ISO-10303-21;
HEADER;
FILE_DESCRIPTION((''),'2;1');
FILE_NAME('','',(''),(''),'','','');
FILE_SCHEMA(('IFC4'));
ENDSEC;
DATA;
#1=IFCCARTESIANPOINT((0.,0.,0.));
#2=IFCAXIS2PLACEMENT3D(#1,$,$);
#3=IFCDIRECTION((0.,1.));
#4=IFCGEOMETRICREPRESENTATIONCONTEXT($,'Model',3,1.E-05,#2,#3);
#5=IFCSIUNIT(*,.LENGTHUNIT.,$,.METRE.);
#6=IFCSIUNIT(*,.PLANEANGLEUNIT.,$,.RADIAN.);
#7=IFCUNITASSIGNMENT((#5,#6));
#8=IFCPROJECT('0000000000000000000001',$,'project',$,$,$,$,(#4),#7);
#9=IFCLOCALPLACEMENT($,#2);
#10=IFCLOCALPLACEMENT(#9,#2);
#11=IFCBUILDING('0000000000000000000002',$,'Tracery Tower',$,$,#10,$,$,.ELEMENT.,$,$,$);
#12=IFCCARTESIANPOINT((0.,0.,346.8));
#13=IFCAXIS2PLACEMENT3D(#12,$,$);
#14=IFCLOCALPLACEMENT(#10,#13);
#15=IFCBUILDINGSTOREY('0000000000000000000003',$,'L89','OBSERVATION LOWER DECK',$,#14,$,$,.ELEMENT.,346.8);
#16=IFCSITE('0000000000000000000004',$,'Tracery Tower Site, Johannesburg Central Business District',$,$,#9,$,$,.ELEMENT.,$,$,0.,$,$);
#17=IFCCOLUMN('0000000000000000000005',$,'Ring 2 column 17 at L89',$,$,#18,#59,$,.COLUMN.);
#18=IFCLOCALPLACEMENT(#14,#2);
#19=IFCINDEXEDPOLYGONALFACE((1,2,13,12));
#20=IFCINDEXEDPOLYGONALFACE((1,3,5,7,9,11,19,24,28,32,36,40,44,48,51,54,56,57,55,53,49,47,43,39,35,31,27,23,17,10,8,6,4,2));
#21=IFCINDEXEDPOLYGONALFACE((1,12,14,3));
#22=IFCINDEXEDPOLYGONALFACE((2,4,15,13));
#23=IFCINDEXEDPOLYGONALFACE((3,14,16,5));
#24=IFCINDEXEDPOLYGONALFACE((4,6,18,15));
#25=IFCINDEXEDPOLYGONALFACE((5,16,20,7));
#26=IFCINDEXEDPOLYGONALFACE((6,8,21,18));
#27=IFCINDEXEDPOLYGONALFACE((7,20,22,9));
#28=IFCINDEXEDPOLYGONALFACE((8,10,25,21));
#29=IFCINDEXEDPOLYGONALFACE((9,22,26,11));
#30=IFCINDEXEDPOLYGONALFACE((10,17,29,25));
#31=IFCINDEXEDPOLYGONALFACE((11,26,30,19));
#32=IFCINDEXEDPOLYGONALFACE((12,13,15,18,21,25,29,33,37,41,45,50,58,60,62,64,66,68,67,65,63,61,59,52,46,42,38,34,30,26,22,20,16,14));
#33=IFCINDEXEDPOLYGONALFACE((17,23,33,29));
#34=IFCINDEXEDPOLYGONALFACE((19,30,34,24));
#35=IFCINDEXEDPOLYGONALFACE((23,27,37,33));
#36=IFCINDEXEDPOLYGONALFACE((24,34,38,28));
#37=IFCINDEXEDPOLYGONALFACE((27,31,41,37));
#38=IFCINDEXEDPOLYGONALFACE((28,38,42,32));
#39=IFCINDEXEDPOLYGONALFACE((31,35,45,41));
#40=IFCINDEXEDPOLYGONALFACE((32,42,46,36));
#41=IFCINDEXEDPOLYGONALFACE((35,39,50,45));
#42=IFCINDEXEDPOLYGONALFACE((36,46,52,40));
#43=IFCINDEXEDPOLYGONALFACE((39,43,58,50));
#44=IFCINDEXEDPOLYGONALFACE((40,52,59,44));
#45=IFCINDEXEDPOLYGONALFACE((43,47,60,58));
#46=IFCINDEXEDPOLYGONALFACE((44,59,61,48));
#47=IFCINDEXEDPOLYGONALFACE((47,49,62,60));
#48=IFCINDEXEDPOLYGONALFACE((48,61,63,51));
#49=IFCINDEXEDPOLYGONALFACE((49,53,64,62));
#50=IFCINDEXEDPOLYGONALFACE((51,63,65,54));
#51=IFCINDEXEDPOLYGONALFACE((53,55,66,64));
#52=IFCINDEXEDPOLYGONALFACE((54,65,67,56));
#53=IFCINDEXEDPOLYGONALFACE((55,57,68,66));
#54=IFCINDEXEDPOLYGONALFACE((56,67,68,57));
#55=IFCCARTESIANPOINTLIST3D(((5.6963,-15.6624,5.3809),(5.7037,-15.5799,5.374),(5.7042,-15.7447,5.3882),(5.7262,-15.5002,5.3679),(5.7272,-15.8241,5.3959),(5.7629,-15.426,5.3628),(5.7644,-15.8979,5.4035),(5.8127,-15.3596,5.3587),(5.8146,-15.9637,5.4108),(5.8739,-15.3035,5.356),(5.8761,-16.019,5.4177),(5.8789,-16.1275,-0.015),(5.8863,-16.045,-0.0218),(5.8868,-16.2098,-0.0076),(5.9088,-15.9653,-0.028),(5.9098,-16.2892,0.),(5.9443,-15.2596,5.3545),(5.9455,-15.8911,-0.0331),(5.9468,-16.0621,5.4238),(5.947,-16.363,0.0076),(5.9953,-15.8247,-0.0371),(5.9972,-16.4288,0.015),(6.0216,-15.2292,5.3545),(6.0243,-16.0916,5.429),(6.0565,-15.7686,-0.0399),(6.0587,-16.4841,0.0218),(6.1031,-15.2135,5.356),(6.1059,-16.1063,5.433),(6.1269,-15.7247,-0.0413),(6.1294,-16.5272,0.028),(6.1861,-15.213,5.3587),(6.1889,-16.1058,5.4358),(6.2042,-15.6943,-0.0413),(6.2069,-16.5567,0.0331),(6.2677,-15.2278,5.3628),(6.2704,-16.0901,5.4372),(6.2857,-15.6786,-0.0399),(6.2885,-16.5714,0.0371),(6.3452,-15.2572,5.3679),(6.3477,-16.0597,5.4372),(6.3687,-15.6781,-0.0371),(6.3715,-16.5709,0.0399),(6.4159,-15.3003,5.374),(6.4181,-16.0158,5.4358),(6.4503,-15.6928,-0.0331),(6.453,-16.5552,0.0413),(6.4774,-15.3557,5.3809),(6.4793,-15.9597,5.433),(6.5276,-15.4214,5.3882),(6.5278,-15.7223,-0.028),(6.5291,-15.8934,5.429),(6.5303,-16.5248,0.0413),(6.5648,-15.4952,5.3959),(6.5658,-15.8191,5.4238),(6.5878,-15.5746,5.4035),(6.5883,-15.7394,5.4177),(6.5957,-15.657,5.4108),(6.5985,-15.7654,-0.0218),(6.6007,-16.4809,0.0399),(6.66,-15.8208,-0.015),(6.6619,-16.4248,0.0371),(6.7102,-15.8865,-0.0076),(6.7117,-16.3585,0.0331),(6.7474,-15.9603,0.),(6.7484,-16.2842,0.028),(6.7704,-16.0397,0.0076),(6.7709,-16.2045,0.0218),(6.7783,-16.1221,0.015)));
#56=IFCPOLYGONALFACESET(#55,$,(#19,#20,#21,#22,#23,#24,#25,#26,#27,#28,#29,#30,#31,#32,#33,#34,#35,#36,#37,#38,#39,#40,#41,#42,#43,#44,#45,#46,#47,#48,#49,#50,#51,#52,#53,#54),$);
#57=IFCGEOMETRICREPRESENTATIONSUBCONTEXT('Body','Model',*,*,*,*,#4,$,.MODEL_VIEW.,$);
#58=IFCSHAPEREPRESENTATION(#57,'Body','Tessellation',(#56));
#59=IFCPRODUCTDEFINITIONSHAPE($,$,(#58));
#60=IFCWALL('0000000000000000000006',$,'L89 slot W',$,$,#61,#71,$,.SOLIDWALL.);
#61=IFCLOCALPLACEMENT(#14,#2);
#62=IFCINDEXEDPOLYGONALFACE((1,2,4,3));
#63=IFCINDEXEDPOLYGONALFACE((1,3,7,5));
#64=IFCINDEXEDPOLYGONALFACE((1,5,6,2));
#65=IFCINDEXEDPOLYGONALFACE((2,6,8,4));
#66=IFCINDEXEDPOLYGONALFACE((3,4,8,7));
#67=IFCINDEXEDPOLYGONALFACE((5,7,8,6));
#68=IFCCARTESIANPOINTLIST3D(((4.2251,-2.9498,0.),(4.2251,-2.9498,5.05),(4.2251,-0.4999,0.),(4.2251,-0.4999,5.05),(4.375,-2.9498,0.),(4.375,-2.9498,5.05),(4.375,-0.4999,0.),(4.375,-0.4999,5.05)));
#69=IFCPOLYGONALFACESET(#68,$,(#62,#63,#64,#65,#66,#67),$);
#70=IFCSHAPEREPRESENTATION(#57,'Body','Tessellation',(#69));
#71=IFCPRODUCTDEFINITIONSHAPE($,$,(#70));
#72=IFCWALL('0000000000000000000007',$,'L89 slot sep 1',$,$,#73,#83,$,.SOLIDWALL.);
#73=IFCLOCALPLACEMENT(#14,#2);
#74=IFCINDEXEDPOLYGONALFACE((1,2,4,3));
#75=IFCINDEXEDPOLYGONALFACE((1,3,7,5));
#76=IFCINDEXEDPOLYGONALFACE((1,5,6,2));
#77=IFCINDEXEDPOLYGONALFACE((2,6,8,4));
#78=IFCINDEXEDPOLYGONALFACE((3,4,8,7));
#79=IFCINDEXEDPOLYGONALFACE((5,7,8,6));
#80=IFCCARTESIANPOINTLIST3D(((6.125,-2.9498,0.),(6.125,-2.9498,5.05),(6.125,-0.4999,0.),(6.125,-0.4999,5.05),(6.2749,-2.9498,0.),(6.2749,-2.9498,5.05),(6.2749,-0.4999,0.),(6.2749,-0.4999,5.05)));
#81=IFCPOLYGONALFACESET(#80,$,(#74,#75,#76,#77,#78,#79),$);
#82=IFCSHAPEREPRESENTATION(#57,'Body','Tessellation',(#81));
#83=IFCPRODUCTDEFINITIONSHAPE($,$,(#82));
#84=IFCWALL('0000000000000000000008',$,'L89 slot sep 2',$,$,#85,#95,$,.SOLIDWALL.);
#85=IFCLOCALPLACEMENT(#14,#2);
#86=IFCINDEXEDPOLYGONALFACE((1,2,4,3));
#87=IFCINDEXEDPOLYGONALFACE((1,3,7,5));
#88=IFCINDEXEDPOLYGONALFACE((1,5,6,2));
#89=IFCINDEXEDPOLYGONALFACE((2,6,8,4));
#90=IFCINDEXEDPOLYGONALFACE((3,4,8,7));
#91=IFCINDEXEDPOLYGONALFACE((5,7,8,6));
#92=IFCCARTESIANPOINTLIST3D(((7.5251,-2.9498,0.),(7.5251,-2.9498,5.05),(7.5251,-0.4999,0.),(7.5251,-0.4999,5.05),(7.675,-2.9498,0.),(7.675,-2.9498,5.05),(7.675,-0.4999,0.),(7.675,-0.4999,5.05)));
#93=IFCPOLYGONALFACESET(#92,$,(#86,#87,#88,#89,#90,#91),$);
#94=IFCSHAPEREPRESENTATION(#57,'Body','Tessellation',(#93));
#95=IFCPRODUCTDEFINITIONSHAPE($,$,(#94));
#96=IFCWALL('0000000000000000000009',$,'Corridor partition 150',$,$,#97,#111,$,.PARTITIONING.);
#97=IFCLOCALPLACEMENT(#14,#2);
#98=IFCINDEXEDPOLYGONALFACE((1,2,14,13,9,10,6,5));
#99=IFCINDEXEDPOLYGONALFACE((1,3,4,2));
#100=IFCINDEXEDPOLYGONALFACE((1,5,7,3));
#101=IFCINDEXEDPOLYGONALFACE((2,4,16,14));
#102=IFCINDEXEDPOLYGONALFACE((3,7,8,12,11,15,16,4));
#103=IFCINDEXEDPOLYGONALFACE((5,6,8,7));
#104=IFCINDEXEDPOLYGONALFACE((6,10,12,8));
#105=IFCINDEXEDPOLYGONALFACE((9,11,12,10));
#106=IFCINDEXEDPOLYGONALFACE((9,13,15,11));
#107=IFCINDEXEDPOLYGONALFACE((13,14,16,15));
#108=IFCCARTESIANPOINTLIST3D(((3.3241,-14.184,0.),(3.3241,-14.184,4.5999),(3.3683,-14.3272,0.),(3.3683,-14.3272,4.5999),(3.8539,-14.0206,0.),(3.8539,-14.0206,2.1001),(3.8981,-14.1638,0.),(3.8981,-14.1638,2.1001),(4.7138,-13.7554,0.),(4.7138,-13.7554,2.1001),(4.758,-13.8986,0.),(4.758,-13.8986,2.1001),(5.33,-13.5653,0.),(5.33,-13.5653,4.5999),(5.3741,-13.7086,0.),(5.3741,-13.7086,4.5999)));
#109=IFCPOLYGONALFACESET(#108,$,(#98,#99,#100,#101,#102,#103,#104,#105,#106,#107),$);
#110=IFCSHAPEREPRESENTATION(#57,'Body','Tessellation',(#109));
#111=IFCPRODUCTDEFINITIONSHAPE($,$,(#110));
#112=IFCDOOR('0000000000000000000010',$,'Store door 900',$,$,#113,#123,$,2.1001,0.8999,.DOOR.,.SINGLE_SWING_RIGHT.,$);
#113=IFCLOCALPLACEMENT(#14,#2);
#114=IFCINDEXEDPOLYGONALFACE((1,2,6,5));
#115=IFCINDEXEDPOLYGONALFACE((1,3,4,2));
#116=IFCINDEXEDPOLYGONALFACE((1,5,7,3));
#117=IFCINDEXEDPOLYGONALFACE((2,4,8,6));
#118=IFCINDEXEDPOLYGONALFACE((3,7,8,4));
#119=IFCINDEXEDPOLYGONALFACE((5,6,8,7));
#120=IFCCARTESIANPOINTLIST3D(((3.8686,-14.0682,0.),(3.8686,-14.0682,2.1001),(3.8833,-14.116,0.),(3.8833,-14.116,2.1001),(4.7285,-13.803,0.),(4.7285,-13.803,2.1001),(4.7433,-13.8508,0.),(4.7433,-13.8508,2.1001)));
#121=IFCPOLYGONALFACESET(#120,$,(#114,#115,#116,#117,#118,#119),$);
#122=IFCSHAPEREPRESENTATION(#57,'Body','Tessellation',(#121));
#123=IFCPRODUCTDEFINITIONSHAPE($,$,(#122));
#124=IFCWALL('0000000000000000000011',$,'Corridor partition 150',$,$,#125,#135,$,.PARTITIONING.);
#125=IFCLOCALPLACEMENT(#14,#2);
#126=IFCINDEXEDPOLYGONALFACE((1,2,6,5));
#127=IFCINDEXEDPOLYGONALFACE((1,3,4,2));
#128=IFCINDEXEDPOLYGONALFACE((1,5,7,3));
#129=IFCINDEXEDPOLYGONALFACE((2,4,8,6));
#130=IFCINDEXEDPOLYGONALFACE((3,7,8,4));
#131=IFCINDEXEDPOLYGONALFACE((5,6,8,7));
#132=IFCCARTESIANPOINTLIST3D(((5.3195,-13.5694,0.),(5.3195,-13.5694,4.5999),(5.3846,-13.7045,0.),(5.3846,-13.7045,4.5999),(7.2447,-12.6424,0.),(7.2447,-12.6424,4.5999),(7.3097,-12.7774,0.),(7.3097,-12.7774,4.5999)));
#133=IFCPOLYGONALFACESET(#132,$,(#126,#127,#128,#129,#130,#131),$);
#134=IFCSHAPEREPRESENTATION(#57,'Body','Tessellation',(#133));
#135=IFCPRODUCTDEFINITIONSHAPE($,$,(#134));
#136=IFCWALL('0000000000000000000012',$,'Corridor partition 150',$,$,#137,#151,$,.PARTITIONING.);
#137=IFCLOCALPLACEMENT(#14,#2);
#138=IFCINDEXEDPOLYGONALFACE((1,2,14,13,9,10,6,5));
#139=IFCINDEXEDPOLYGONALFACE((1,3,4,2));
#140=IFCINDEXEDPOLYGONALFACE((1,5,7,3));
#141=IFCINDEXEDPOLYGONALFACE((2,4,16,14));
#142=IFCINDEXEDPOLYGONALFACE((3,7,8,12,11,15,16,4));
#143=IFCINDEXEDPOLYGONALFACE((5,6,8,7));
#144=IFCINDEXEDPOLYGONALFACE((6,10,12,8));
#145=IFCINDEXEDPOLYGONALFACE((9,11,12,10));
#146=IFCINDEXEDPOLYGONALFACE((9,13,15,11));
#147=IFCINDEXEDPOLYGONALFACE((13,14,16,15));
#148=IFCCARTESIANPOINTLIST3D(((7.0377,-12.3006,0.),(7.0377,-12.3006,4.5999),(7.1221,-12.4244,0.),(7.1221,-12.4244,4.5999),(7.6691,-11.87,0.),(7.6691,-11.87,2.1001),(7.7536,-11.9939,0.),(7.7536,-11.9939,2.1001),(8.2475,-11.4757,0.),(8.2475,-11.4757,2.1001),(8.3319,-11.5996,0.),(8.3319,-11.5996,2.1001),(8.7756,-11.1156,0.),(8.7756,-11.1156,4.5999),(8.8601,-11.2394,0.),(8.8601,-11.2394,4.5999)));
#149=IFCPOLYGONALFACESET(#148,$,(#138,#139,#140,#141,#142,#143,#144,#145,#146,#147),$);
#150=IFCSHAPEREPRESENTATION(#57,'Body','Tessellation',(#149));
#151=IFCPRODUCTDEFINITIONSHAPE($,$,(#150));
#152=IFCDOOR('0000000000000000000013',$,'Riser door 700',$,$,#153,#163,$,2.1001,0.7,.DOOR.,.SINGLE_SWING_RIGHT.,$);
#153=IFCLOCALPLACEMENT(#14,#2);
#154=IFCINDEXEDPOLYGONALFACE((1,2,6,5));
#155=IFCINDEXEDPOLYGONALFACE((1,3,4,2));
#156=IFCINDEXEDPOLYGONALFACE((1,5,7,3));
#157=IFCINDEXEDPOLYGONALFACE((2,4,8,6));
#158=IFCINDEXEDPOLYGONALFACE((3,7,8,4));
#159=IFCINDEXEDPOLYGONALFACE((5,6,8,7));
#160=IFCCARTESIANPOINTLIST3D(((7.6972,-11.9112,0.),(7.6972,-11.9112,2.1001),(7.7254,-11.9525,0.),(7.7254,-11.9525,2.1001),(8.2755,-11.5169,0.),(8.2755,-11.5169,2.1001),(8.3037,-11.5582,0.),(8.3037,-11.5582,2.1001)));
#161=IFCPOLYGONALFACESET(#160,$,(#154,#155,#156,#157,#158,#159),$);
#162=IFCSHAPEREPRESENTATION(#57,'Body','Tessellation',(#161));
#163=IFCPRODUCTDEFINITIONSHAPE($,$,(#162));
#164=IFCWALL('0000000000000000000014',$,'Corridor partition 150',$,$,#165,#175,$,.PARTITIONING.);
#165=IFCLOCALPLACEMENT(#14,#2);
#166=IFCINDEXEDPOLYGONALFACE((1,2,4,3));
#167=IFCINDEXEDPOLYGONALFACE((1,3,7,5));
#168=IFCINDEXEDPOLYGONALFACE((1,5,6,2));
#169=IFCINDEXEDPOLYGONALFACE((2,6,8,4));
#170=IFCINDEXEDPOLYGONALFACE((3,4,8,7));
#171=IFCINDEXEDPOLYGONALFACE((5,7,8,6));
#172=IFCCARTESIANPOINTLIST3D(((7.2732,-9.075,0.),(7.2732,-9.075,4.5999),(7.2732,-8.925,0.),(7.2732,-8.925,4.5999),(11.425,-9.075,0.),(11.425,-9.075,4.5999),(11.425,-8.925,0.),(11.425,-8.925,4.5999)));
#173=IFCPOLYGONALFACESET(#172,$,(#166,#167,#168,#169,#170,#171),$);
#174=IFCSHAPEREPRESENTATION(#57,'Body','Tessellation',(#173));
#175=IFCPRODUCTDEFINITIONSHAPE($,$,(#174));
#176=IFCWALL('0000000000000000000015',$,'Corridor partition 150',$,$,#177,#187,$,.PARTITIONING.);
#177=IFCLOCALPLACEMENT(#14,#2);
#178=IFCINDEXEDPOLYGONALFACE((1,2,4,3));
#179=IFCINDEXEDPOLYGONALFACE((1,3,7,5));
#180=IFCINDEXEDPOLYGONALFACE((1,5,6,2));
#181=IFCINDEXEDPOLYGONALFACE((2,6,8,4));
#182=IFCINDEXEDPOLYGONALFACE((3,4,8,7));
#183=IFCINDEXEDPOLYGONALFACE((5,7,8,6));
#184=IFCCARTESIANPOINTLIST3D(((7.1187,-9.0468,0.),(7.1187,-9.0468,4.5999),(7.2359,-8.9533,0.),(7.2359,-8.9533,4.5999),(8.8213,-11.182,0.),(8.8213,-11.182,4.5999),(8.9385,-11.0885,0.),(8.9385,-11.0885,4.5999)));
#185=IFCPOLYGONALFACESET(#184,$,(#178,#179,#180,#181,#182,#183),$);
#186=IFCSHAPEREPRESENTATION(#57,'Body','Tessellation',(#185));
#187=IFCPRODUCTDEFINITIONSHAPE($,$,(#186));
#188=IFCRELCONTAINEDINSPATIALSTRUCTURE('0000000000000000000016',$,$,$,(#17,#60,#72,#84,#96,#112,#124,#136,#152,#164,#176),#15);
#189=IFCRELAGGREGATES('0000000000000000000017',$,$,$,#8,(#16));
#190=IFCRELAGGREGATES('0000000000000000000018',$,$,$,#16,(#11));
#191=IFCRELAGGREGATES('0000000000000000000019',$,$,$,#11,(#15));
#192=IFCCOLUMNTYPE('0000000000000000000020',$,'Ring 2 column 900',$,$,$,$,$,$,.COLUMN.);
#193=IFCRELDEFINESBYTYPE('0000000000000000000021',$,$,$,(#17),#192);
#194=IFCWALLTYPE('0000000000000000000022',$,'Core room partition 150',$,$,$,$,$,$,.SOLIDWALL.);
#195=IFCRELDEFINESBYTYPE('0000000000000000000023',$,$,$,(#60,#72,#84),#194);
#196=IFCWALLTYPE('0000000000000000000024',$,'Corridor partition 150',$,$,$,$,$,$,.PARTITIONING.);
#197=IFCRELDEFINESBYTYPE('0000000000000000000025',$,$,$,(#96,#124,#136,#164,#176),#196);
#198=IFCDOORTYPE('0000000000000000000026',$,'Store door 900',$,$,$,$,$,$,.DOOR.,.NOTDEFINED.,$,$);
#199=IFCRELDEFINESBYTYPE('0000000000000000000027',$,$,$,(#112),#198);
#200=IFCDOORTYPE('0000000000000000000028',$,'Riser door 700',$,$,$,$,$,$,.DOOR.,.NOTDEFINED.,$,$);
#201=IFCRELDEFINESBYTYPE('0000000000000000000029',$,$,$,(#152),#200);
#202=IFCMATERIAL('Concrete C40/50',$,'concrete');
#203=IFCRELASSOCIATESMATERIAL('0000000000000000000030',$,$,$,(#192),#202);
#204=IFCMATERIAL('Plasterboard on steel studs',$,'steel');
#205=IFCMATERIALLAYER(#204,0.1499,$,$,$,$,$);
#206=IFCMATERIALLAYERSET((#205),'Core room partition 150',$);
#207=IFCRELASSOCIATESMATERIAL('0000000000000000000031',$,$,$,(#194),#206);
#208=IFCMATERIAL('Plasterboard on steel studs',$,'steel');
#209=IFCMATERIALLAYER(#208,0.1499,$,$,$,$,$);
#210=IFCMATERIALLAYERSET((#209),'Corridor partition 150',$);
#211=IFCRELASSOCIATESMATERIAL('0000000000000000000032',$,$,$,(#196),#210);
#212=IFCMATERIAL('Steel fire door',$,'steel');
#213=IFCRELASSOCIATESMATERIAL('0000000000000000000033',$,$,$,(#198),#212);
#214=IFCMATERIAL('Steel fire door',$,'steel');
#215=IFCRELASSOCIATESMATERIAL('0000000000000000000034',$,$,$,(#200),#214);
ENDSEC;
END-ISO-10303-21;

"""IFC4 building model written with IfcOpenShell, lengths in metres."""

from ifc_helpers import new_model, si_unit, direction, frame, frame_2d, origin, origin_2d, place, context, subcontext, project, spatial, rectangle, circle, extrude, material, layer, layer_set, material_profile, profile_set, type_object, element, fill, save


model = new_model("IFC4")

# Units and contexts
model_context = context("Model", 3, precision=1e-05, world=origin(), true_north=direction((0.0, 1.0)))
body_context = subcontext(model_context, "Body", "Model", "MODEL_VIEW")
ifc_project = project(units=[si_unit("LENGTHUNIT", "METRE"), si_unit("PLANEANGLEUNIT", "RADIAN")], contexts=[model_context])

# Site, building, storey
site_placement = place(None, origin())
site = spatial("IfcSite", under=ifc_project, at=site_placement, Name="Tracery Tower Site, Johannesburg Central Business District", CompositionType="ELEMENT", RefElevation=0.0)
building_placement = place(site_placement, origin())
building = spatial("IfcBuilding", under=site, at=building_placement, Name="Tracery Tower", CompositionType="ELEMENT")
storey_placement = place(building_placement, frame((0.0, 0.0, 346.8)))
storey = spatial("IfcBuildingStorey", under=building, at=storey_placement, Name="L89", Description="OBSERVATION LOWER DECK", CompositionType="ELEMENT", Elevation=346.8)

# Column
ifc_material_1 = material(Name="Concrete C40/50", Category="concrete")
ifc_material_profile = material_profile(ifc_material_1, circle(Radius=0.45, at=origin_2d()), Name="RC D900")
ifc_profile_set = profile_set([ifc_material_profile], Name="Concrete C40/50")
column_type = type_object("IfcColumnType", Name="Ring 2 column 900", PredefinedType="COLUMN", material=ifc_profile_set)
column_placement = place(storey_placement, frame((6.3286, -16.1248, 0.0), z_axis=(-0.0337, 0.085828, 0.99574), x_axis=(-0.930817, -0.365486, 0.0)))
element("IfcColumn", 1, at=column_placement, inside=storey, type_object=column_type, Name="Ring 2 column 17 at L89", PredefinedType="COLUMN", context=body_context, shape_type="SweptSolid", body=[
    extrude(circle(Radius=0.45, at=origin_2d()), origin(), (0.0, 0.0, 1.0), 5.4189),
])

# Walls
ifc_material_2 = material(Name="Plasterboard on steel studs", Category="steel")
ifc_layer_1 = layer(ifc_material_2, 0.1499)
ifc_layer_set_1 = layer_set([ifc_layer_1], Name="Core room partition 150")
wall_type_1 = type_object("IfcWallType", Name="Core room partition 150", PredefinedType="SOLIDWALL", material=ifc_layer_set_1)
for number, where, z_axis, x_axis, name in (
    (2, (4.3, -2.95, 0.0), (0.0, 0.0, 1.0), (0.0, 1.0, 0.0), "L89 slot W"),
    (3, (6.2, -2.95, 0.0), (0.0, 0.0, 1.0), (0.0, 1.0, 0.0), "L89 slot sep 1"),
    (4, (7.6001, -2.95, 0.0), (0.0, 0.0, 1.0), (0.0, 1.0, 0.0), "L89 slot sep 2"),
):
    element("IfcWall", number, at=place(storey_placement, frame(where, z_axis=z_axis, x_axis=x_axis)), inside=storey, type_object=wall_type_1, Name=name, PredefinedType="SOLIDWALL", context=body_context, shape_type="SweptSolid", body=[
        extrude(rectangle(XDim=2.45, YDim=0.1499, at=frame_2d((1.2251, 0.0))), origin(), (0.0, 0.0, 1.0), 5.05),
    ])

# Wall, opening, door
ifc_material_3 = material(Name="Plasterboard on steel studs", Category="steel")
ifc_layer_2 = layer(ifc_material_3, 0.1499)
ifc_layer_set_2 = layer_set([ifc_layer_2], Name="Corridor partition 150")
wall_type_2 = type_object("IfcWallType", Name="Corridor partition 150", PredefinedType="PARTITIONING", material=ifc_layer_set_2)
wall_1_placement = place(storey_placement, frame((5.3521, -13.637, 0.0), z_axis=(0.0, 0.0, 1.0), x_axis=(-0.955583, -0.294723, 0.0)))
wall_1 = element("IfcWall", 5, at=wall_1_placement, inside=storey, type_object=wall_type_2, Name="Corridor partition 150", PredefinedType="PARTITIONING", context=body_context, shape_type="SweptSolid", body=[
    extrude(rectangle(XDim=2.0991, YDim=0.1499, at=frame_2d((1.0496, 0.0))), origin(), (0.0, 0.0, 1.0), 4.5999),
])
opening_1_placement = place(wall_1_placement, frame((0.6448, 0.0, 0.0)))
opening_1 = element("IfcOpeningElement", 6, at=opening_1_placement, cuts=wall_1, PredefinedType="OPENING", context=body_context, shape_type="SweptSolid", body=[
    extrude(rectangle(XDim=0.8999, YDim=2.1001, at=frame_2d((0.45, 1.05))), frame((0.0, 0.075, 0.0), z_axis=(0.0, -1.0, 0.0), x_axis=(1.0, 0.0, 0.0)), (0.0, 0.0, 1.0), 0.1499),
])
ifc_material_4 = material(Name="Steel fire door", Category="steel")
door_type_1 = type_object("IfcDoorType", Name="Store door 900", OperationType="NOTDEFINED", PredefinedType="DOOR", material=ifc_material_4)
door_1_placement = place(opening_1_placement, origin())
door_1 = element("IfcDoor", 7, at=door_1_placement, inside=storey, type_object=door_type_1, Name="Store door 900", OperationType="SINGLE_SWING_RIGHT", OverallHeight=2.1001, OverallWidth=0.8999, PredefinedType="DOOR", context=body_context, shape_type="SweptSolid", body=[
    extrude(rectangle(XDim=0.8999, YDim=2.1001, at=frame_2d((0.45, 1.05))), frame((0.0, 0.0249, 0.0), z_axis=(0.0, -1.0, 0.0), x_axis=(1.0, 0.0, 0.0)), (0.0, 0.0, 1.0), 0.05),
])
fill(opening_1, door_1)

# Wall
wall_2_placement = place(storey_placement, frame((5.3521, -13.637, 0.0), z_axis=(0.0, 0.0, 1.0), x_axis=(0.900979, 0.433864, 0.0)))
element("IfcWall", 8, at=wall_2_placement, inside=storey, type_object=wall_type_2, Name="Corridor partition 150", PredefinedType="PARTITIONING", context=body_context, shape_type="SweptSolid", body=[
    extrude(rectangle(XDim=2.1367, YDim=0.1499, at=frame_2d((1.0684, 0.0))), origin(), (0.0, 0.0, 1.0), 4.5999),
])

# Wall, opening, door
wall_3_placement = place(storey_placement, frame((8.8179, -11.1775, 0.0), z_axis=(0.0, 0.0, 1.0), x_axis=(-0.82622, -0.563348, 0.0)))
wall_3 = element("IfcWall", 9, at=wall_3_placement, inside=storey, type_object=wall_type_2, Name="Corridor partition 150", PredefinedType="PARTITIONING", context=body_context, shape_type="SweptSolid", body=[
    extrude(rectangle(XDim=2.1035, YDim=0.1499, at=frame_2d((1.0518, 0.0))), origin(), (0.0, 0.0, 1.0), 4.5999),
])
opening_2_placement = place(wall_3_placement, frame((0.6392, 0.0, 0.0)))
opening_2 = element("IfcOpeningElement", 10, at=opening_2_placement, cuts=wall_3, PredefinedType="OPENING", context=body_context, shape_type="SweptSolid", body=[
    extrude(rectangle(XDim=0.7, YDim=2.1001, at=frame_2d((0.3501, 1.05))), frame((0.0, 0.075, 0.0), z_axis=(0.0, -1.0, 0.0), x_axis=(1.0, 0.0, 0.0)), (0.0, 0.0, 1.0), 0.1499),
])
ifc_material_5 = material(Name="Steel fire door", Category="steel")
door_type_2 = type_object("IfcDoorType", Name="Riser door 700", OperationType="NOTDEFINED", PredefinedType="DOOR", material=ifc_material_5)
door_2_placement = place(opening_2_placement, origin())
door_2 = element("IfcDoor", 11, at=door_2_placement, inside=storey, type_object=door_type_2, Name="Riser door 700", OperationType="SINGLE_SWING_RIGHT", OverallHeight=2.1001, OverallWidth=0.7, PredefinedType="DOOR", context=body_context, shape_type="SweptSolid", body=[
    extrude(rectangle(XDim=0.7, YDim=2.1001, at=frame_2d((0.3501, 1.05))), frame((0.0, 0.0249, 0.0), z_axis=(0.0, -1.0, 0.0), x_axis=(1.0, 0.0, 0.0)), (0.0, 0.0, 1.0), 0.05),
])
fill(opening_2, door_2)

# Walls
wall_4_placement = place(storey_placement, frame((7.2732, -9.0, 0.0), z_axis=(0.0, 0.0, 1.0), x_axis=(1.0, 0.0, 0.0)))
element("IfcWall", 12, at=wall_4_placement, inside=storey, type_object=wall_type_2, Name="Corridor partition 150", PredefinedType="PARTITIONING", context=body_context, shape_type="SweptSolid", body=[
    extrude(rectangle(XDim=4.1519, YDim=0.1499, at=frame_2d((2.0759, 0.0))), origin(), (0.0, 0.0, 1.0), 4.5999),
])
wall_5_placement = place(storey_placement, frame((8.8799, -11.1353, 0.0), z_axis=(0.0, 0.0, 1.0), x_axis=(-0.623451, 0.781862, 0.0)))
element("IfcWall", 13, at=wall_5_placement, inside=storey, type_object=wall_type_2, Name="Corridor partition 150", PredefinedType="PARTITIONING", context=body_context, shape_type="SweptSolid", body=[
    extrude(rectangle(XDim=2.731, YDim=0.1499, at=frame_2d((1.3655, 0.0))), origin(), (0.0, 0.0, 1.0), 4.5999),
])

save(model, "model.ifc")
